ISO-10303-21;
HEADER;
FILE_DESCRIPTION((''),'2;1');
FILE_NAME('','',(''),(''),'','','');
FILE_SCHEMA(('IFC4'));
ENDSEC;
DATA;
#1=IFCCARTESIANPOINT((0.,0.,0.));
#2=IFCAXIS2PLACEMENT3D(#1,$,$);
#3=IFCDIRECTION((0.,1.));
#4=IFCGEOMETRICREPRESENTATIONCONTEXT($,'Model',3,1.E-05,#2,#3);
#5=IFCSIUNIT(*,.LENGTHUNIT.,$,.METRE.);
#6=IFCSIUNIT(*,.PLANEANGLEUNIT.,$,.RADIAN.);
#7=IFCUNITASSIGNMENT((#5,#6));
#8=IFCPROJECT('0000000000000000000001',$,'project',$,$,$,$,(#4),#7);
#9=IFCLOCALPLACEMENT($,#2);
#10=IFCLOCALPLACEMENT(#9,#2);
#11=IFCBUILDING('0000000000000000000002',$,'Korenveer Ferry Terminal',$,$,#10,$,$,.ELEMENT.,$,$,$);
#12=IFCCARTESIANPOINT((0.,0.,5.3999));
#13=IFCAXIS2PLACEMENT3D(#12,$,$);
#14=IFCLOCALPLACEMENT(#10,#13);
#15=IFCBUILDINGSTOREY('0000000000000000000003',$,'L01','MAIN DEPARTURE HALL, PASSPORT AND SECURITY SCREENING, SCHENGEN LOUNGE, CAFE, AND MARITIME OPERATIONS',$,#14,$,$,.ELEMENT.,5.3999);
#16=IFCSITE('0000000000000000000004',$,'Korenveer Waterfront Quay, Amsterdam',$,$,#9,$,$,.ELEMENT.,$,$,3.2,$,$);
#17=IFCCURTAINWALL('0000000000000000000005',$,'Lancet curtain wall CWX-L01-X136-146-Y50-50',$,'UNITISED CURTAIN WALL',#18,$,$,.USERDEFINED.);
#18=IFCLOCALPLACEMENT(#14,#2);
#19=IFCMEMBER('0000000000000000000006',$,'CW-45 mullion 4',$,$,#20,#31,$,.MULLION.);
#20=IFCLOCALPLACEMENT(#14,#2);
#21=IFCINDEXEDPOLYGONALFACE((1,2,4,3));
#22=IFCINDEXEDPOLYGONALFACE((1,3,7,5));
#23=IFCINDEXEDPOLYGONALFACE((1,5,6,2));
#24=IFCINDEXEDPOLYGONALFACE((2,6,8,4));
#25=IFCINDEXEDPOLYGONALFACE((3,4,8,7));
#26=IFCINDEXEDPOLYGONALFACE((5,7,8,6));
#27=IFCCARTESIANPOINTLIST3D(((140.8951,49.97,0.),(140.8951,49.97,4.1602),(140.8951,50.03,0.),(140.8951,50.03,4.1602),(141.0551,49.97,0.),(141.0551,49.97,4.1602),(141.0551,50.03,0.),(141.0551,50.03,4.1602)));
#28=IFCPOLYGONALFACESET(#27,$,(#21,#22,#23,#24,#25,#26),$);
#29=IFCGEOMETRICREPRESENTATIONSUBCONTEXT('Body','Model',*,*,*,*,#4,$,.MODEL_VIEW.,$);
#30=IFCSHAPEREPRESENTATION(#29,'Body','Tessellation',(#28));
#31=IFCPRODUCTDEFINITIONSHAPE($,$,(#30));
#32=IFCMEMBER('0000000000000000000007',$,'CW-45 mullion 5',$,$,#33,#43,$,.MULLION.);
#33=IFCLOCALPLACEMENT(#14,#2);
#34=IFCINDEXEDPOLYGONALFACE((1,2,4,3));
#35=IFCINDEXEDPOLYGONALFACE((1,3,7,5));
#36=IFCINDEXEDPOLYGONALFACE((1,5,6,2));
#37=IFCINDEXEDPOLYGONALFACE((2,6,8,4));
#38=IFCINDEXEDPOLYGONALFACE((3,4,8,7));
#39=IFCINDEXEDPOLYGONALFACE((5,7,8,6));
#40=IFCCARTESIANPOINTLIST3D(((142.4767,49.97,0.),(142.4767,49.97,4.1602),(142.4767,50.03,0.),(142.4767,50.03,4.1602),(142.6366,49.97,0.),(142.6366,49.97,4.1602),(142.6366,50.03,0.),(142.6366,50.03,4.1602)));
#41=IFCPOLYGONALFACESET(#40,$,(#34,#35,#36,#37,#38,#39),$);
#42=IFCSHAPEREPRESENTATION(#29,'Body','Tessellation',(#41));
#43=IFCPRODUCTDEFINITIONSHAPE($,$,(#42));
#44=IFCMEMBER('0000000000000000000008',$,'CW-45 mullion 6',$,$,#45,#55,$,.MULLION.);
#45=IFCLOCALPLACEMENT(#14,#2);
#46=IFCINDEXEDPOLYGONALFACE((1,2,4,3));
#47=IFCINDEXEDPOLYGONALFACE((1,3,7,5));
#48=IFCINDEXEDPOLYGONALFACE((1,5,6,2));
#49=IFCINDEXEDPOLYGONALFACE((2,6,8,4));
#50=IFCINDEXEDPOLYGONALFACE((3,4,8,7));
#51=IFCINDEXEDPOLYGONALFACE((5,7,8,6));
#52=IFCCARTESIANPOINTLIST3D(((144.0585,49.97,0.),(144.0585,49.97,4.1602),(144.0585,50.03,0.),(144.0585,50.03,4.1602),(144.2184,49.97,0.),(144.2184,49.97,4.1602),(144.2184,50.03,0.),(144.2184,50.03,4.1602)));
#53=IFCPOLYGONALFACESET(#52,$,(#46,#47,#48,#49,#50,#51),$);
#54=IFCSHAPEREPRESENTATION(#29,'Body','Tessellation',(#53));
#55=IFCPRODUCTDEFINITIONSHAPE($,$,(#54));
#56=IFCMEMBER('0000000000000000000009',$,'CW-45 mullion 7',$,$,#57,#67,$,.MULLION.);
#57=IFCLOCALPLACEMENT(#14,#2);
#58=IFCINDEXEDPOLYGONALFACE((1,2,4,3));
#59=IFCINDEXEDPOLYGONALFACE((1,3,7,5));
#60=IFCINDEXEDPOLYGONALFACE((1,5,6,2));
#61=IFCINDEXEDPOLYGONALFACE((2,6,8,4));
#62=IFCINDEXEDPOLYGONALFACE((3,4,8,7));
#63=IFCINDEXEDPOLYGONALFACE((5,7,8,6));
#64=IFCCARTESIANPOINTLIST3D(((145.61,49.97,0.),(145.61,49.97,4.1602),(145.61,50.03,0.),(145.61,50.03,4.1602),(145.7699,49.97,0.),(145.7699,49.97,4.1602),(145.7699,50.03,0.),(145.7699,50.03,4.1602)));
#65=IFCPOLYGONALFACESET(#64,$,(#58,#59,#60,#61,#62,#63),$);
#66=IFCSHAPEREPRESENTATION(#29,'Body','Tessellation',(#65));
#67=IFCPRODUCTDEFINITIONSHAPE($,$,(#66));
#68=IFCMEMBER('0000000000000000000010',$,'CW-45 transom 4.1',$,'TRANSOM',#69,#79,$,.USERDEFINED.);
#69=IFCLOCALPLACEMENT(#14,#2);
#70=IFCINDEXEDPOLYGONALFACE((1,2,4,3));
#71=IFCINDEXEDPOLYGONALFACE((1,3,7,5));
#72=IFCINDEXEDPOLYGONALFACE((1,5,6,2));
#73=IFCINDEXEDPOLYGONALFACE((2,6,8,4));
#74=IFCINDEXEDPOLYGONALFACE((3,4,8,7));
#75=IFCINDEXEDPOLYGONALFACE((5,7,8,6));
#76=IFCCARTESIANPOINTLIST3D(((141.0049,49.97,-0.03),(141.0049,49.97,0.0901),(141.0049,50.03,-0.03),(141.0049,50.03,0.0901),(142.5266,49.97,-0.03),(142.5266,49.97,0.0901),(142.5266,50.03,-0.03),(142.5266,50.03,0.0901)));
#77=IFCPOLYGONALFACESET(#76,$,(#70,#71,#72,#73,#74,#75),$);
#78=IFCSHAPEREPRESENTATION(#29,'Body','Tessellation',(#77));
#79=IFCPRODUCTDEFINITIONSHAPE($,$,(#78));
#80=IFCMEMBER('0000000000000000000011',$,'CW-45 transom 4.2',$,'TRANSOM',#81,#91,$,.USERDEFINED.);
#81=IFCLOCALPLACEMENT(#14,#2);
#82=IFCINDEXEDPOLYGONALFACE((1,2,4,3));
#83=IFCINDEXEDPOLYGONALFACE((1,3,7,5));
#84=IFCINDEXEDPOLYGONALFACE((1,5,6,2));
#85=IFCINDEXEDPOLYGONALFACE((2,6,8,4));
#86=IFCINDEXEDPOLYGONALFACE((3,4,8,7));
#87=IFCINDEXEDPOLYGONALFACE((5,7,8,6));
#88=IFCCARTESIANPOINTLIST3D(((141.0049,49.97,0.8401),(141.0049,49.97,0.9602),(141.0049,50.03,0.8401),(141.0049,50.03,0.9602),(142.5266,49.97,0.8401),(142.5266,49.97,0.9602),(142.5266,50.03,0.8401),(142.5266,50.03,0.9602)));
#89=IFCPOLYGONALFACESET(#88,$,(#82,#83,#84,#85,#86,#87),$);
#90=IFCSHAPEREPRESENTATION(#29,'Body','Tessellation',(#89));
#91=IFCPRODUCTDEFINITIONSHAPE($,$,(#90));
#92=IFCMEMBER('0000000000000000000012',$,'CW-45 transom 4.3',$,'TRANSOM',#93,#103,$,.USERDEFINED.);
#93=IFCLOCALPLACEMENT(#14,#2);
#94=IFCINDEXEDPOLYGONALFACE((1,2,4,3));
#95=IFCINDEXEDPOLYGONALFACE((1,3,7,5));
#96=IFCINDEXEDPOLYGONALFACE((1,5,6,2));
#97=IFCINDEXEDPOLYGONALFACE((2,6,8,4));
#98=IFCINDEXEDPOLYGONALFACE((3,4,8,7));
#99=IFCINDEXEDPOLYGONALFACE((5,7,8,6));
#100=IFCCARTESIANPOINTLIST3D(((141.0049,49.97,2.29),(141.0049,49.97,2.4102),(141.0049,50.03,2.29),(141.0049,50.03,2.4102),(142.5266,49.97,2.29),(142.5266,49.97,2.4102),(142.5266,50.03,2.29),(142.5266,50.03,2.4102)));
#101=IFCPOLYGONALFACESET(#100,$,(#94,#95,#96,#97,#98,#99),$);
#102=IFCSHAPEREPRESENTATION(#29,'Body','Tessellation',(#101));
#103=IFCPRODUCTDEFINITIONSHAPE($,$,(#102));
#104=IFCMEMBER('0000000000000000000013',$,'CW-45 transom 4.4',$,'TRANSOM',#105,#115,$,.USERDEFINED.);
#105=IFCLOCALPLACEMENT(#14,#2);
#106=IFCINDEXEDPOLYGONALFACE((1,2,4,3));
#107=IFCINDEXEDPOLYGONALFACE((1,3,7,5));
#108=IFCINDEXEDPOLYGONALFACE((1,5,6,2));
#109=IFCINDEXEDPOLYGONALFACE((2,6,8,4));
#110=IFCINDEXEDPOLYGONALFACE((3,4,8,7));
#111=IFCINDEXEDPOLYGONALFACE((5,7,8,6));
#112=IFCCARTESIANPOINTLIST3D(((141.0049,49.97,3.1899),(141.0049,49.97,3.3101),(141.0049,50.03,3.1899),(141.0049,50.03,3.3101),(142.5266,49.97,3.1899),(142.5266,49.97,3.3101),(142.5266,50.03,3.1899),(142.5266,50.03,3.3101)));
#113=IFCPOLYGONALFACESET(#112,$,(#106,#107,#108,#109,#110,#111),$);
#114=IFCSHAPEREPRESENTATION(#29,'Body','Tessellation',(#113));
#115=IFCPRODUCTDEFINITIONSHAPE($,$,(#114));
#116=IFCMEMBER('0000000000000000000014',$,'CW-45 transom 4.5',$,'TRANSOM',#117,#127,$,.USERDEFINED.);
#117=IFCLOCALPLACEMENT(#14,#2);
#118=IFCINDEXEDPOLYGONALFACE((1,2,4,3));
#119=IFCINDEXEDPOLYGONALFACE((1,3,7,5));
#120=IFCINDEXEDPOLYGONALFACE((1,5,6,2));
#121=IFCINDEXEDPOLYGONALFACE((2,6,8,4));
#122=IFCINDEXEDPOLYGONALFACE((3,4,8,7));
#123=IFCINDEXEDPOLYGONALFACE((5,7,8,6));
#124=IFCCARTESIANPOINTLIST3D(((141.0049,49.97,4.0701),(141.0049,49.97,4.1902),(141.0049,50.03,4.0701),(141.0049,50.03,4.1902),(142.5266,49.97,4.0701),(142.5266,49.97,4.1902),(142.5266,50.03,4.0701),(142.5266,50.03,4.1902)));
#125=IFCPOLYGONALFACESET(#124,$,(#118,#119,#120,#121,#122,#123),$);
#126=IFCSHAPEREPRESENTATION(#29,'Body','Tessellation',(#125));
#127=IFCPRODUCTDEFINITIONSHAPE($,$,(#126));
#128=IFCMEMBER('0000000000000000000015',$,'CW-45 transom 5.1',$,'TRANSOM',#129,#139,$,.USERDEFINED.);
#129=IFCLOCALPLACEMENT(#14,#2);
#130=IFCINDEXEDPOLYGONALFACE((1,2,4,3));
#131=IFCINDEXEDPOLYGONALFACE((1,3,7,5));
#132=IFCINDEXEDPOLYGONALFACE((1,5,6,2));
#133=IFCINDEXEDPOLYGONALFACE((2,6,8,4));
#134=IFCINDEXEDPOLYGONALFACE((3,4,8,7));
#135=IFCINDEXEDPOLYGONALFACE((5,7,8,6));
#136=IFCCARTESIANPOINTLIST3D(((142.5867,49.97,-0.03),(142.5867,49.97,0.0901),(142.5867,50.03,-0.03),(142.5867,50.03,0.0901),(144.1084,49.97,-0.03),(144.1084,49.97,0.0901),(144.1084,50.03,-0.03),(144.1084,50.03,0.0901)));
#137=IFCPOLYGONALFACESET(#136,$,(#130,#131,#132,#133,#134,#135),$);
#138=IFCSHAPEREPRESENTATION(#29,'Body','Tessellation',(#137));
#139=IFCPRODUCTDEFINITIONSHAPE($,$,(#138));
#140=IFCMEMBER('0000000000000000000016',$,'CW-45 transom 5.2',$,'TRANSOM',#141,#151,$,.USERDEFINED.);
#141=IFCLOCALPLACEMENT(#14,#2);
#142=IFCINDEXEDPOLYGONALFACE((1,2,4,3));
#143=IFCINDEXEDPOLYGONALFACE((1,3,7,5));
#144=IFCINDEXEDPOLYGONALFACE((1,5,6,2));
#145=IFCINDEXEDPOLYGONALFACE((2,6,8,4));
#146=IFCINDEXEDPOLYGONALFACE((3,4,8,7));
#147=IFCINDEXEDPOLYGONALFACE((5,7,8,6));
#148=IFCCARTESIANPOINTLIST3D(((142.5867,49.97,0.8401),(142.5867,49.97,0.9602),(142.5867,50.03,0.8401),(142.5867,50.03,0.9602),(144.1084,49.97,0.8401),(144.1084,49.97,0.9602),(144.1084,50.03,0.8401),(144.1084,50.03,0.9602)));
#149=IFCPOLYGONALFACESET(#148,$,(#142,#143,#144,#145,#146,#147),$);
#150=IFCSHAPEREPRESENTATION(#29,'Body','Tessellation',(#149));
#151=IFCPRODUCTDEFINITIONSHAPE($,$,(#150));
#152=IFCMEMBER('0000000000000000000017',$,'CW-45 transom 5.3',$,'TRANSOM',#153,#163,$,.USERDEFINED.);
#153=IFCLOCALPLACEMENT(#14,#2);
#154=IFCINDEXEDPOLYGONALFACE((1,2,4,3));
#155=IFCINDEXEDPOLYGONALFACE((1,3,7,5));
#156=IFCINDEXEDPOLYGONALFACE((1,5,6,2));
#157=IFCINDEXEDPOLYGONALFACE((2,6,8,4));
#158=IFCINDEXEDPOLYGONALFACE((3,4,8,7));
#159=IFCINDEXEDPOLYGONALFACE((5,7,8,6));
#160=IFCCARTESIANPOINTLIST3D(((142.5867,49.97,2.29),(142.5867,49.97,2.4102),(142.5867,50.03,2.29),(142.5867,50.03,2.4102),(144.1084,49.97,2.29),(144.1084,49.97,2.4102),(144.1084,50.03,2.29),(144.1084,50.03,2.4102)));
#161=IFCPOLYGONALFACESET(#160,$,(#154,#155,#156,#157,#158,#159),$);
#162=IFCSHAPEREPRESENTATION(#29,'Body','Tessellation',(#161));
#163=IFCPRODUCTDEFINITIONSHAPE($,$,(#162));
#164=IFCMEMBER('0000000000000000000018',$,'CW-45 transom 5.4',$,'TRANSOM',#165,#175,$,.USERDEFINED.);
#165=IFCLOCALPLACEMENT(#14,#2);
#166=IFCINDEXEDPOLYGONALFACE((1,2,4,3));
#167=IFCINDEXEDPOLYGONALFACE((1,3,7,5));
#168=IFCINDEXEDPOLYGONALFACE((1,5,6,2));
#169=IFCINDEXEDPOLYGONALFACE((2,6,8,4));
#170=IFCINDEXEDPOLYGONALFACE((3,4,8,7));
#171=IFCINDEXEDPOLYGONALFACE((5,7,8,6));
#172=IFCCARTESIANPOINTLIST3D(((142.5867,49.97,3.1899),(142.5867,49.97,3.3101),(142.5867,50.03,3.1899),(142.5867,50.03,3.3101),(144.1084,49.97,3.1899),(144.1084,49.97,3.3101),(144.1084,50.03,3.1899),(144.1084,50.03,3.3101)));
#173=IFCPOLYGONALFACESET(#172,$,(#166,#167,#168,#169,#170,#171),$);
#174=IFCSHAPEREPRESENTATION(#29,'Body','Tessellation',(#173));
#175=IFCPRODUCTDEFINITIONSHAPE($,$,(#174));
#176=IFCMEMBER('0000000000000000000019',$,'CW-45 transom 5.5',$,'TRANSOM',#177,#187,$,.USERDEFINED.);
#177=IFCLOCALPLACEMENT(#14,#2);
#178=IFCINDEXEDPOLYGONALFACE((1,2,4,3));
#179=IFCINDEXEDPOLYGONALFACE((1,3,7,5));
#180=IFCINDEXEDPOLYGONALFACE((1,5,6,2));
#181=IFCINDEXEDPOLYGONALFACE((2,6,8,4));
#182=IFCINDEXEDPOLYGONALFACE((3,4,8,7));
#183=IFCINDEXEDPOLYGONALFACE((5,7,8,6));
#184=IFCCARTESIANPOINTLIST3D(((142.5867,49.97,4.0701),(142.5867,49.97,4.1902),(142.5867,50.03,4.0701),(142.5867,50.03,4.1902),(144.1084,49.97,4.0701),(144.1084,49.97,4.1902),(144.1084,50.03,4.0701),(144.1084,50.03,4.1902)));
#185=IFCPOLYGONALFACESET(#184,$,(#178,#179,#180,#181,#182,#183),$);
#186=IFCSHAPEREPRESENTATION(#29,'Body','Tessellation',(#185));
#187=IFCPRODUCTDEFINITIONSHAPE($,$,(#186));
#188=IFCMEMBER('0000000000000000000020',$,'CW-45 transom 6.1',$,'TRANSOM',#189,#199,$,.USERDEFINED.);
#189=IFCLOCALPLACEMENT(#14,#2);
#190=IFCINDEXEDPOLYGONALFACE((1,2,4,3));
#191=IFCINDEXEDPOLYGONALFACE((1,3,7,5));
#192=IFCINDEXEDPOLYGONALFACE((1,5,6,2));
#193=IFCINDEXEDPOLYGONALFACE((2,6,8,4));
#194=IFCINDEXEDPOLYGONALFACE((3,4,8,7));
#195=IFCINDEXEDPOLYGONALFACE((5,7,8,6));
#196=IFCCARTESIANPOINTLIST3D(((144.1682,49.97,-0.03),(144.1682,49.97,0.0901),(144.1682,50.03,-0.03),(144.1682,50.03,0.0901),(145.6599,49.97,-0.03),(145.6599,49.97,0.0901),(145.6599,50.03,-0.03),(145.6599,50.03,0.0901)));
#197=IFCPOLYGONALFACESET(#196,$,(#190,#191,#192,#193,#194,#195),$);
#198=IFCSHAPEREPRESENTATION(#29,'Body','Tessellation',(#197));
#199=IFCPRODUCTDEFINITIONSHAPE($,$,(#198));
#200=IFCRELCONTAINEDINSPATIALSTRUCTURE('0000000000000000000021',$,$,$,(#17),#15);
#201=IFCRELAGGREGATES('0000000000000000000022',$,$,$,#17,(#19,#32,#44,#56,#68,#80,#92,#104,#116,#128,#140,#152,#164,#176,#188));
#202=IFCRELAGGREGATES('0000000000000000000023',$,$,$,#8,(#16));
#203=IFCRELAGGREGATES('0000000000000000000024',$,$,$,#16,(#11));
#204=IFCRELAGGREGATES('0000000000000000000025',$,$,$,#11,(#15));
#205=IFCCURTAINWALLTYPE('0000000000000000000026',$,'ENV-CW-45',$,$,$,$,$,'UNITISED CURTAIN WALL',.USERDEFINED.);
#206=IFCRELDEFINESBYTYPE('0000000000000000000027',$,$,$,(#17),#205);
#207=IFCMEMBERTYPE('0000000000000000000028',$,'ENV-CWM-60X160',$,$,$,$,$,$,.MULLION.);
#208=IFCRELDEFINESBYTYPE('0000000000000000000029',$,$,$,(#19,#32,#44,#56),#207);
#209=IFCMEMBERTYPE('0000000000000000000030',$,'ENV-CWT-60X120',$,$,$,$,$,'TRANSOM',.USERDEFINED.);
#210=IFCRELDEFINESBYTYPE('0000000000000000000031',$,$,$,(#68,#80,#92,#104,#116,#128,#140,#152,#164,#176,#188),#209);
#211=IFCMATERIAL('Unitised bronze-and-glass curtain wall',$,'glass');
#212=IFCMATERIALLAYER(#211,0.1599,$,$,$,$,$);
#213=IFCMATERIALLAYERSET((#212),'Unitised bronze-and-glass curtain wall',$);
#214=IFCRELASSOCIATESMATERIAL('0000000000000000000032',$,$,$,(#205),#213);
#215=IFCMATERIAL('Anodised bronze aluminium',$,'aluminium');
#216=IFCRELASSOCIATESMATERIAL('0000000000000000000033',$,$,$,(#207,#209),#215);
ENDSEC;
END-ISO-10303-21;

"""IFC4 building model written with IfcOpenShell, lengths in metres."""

from ifc_helpers import new_model, si_unit, direction, frame, origin, origin_2d, place, context, subcontext, project, spatial, rectangle, extrude, material, layer, layer_set, material_profile, profile_set, type_object, element, aggregate, save


model = new_model("IFC4")

# Units and contexts
model_context = context("Model", 3, precision=1e-05, world=origin(), true_north=direction((0.0, 1.0)))
body_context = subcontext(model_context, "Body", "Model", "MODEL_VIEW")
ifc_project = project(units=[si_unit("LENGTHUNIT", "METRE"), si_unit("PLANEANGLEUNIT", "RADIAN")], contexts=[model_context])

# Site, building, storey
site_placement = place(None, origin())
site = spatial("IfcSite", under=ifc_project, at=site_placement, Name="Korenveer Waterfront Quay, Amsterdam", CompositionType="ELEMENT", RefElevation=3.2)
building_placement = place(site_placement, origin())
building = spatial("IfcBuilding", under=site, at=building_placement, Name="Korenveer Ferry Terminal", CompositionType="ELEMENT")
storey_placement = place(building_placement, frame((0.0, 0.0, 5.3999)))
storey = spatial("IfcBuildingStorey", under=building, at=storey_placement, Name="L01", Description="MAIN DEPARTURE HALL, PASSPORT AND SECURITY SCREENING, SCHENGEN LOUNGE, CAFE, AND MARITIME OPERATIONS", CompositionType="ELEMENT", Elevation=5.3999)

# Curtain wall, members
ifc_material_1 = material(Name="Unitised bronze-and-glass curtain wall", Category="glass")
ifc_layer_1 = layer(ifc_material_1, 0.1599)
ifc_layer_set_1 = layer_set([ifc_layer_1], Name="Unitised bronze-and-glass curtain wall")
curtain_wall_type = type_object("IfcCurtainWallType", Name="ENV-CW-45", ElementType="UNITISED CURTAIN WALL", PredefinedType="USERDEFINED", material=ifc_layer_set_1)
curtain_wall_placement = place(storey_placement, frame((136.23, 50.0, 0.0)))
curtain_wall = element("IfcCurtainWall", 1, at=curtain_wall_placement, inside=storey, type_object=curtain_wall_type, Name="Lancet curtain wall CWX-L01-X136-146-Y50-50", ObjectType="UNITISED CURTAIN WALL", PredefinedType="USERDEFINED")
ifc_material_2 = material(Name="Anodised bronze aluminium", Category="aluminium")
ifc_material_profile_1 = material_profile(ifc_material_2, rectangle(XDim=0.0601, YDim=0.1599, at=origin_2d()), Name="ALU 60x160")
ifc_profile_set_1 = profile_set([ifc_material_profile_1], Name="Anodised bronze aluminium")
member_type_1 = type_object("IfcMemberType", Name="ENV-CWM-60X160", PredefinedType="MULLION", material=ifc_profile_set_1)
member_1_placement = place(storey_placement, frame((140.9751, 50.0, 0.0), z_axis=(0.0, 0.0, 1.0), x_axis=(0.0, 1.0, 0.0)))
member_1 = element("IfcMember", 2, at=member_1_placement, type_object=member_type_1, Name="CW-45 mullion 4", PredefinedType="MULLION", context=body_context, shape_type="SweptSolid", body=[
    extrude(rectangle(XDim=0.0601, YDim=0.1599, at=origin_2d()), origin(), (0.0, 0.0, 1.0), 4.1602),
])
member_2_placement = place(storey_placement, frame((142.5566, 50.0, 0.0), z_axis=(0.0, 0.0, 1.0), x_axis=(0.0, 1.0, 0.0)))
member_2 = element("IfcMember", 3, at=member_2_placement, type_object=member_type_1, Name="CW-45 mullion 5", PredefinedType="MULLION", context=body_context, shape_type="SweptSolid", body=[
    extrude(rectangle(XDim=0.0601, YDim=0.1599, at=origin_2d()), origin(), (0.0, 0.0, 1.0), 4.1602),
])
member_3_placement = place(storey_placement, frame((144.1384, 50.0, 0.0), z_axis=(0.0, 0.0, 1.0), x_axis=(0.0, 1.0, 0.0)))
member_3 = element("IfcMember", 4, at=member_3_placement, type_object=member_type_1, Name="CW-45 mullion 6", PredefinedType="MULLION", context=body_context, shape_type="SweptSolid", body=[
    extrude(rectangle(XDim=0.0601, YDim=0.1599, at=origin_2d()), origin(), (0.0, 0.0, 1.0), 4.1602),
])
member_4_placement = place(storey_placement, frame((145.6899, 50.0, 0.0), z_axis=(0.0, 0.0, 1.0), x_axis=(0.0, 1.0, 0.0)))
member_4 = element("IfcMember", 5, at=member_4_placement, type_object=member_type_1, Name="CW-45 mullion 7", PredefinedType="MULLION", context=body_context, shape_type="SweptSolid", body=[
    extrude(rectangle(XDim=0.0601, YDim=0.1599, at=origin_2d()), origin(), (0.0, 0.0, 1.0), 4.1602),
])
ifc_material_profile_2 = material_profile(ifc_material_2, rectangle(XDim=0.0601, YDim=0.1201, at=origin_2d()), Name="ALU 60x120")
ifc_profile_set_2 = profile_set([ifc_material_profile_2], Name="Anodised bronze aluminium")
member_type_2 = type_object("IfcMemberType", Name="ENV-CWT-60X120", ElementType="TRANSOM", PredefinedType="USERDEFINED", material=ifc_profile_set_2)
member_5_placement = place(storey_placement, frame((141.0049, 50.0, 0.03), z_axis=(1.0, 0.0, 0.0), x_axis=(0.0, 1.0, 0.0)))
member_5 = element("IfcMember", 6, at=member_5_placement, type_object=member_type_2, Name="CW-45 transom 4.1", ObjectType="TRANSOM", PredefinedType="USERDEFINED", context=body_context, shape_type="SweptSolid", body=[
    extrude(rectangle(XDim=0.0601, YDim=0.1201, at=origin_2d()), origin(), (0.0, 0.0, 1.0), 1.5217),
])
member_6_placement = place(storey_placement, frame((141.0049, 50.0, 0.9001), z_axis=(1.0, 0.0, 0.0), x_axis=(0.0, 1.0, 0.0)))
member_6 = element("IfcMember", 7, at=member_6_placement, type_object=member_type_2, Name="CW-45 transom 4.2", ObjectType="TRANSOM", PredefinedType="USERDEFINED", context=body_context, shape_type="SweptSolid", body=[
    extrude(rectangle(XDim=0.0601, YDim=0.1201, at=origin_2d()), origin(), (0.0, 0.0, 1.0), 1.5217),
])
member_7_placement = place(storey_placement, frame((141.0049, 50.0, 2.3501), z_axis=(1.0, 0.0, 0.0), x_axis=(0.0, 1.0, 0.0)))
member_7 = element("IfcMember", 8, at=member_7_placement, type_object=member_type_2, Name="CW-45 transom 4.3", ObjectType="TRANSOM", PredefinedType="USERDEFINED", context=body_context, shape_type="SweptSolid", body=[
    extrude(rectangle(XDim=0.0601, YDim=0.1201, at=origin_2d()), origin(), (0.0, 0.0, 1.0), 1.5217),
])
member_8_placement = place(storey_placement, frame((141.0049, 50.0, 3.25), z_axis=(1.0, 0.0, 0.0), x_axis=(0.0, 1.0, 0.0)))
member_8 = element("IfcMember", 9, at=member_8_placement, type_object=member_type_2, Name="CW-45 transom 4.4", ObjectType="TRANSOM", PredefinedType="USERDEFINED", context=body_context, shape_type="SweptSolid", body=[
    extrude(rectangle(XDim=0.0601, YDim=0.1201, at=origin_2d()), origin(), (0.0, 0.0, 1.0), 1.5217),
])
member_9_placement = place(storey_placement, frame((141.0049, 50.0, 4.1301), z_axis=(1.0, 0.0, 0.0), x_axis=(0.0, 1.0, 0.0)))
member_9 = element("IfcMember", 10, at=member_9_placement, type_object=member_type_2, Name="CW-45 transom 4.5", ObjectType="TRANSOM", PredefinedType="USERDEFINED", context=body_context, shape_type="SweptSolid", body=[
    extrude(rectangle(XDim=0.0601, YDim=0.1201, at=origin_2d()), origin(), (0.0, 0.0, 1.0), 1.5217),
])
member_10_placement = place(storey_placement, frame((142.5867, 50.0, 0.03), z_axis=(1.0, 0.0, 0.0), x_axis=(0.0, 1.0, 0.0)))
member_10 = element("IfcMember", 11, at=member_10_placement, type_object=member_type_2, Name="CW-45 transom 5.1", ObjectType="TRANSOM", PredefinedType="USERDEFINED", context=body_context, shape_type="SweptSolid", body=[
    extrude(rectangle(XDim=0.0601, YDim=0.1201, at=origin_2d()), origin(), (0.0, 0.0, 1.0), 1.5217),
])
member_11_placement = place(storey_placement, frame((142.5867, 50.0, 0.9001), z_axis=(1.0, 0.0, 0.0), x_axis=(0.0, 1.0, 0.0)))
member_11 = element("IfcMember", 12, at=member_11_placement, type_object=member_type_2, Name="CW-45 transom 5.2", ObjectType="TRANSOM", PredefinedType="USERDEFINED", context=body_context, shape_type="SweptSolid", body=[
    extrude(rectangle(XDim=0.0601, YDim=0.1201, at=origin_2d()), origin(), (0.0, 0.0, 1.0), 1.5217),
])
member_12_placement = place(storey_placement, frame((142.5867, 50.0, 2.3501), z_axis=(1.0, 0.0, 0.0), x_axis=(0.0, 1.0, 0.0)))
member_12 = element("IfcMember", 13, at=member_12_placement, type_object=member_type_2, Name="CW-45 transom 5.3", ObjectType="TRANSOM", PredefinedType="USERDEFINED", context=body_context, shape_type="SweptSolid", body=[
    extrude(rectangle(XDim=0.0601, YDim=0.1201, at=origin_2d()), origin(), (0.0, 0.0, 1.0), 1.5217),
])
member_13_placement = place(storey_placement, frame((142.5867, 50.0, 3.25), z_axis=(1.0, 0.0, 0.0), x_axis=(0.0, 1.0, 0.0)))
member_13 = element("IfcMember", 14, at=member_13_placement, type_object=member_type_2, Name="CW-45 transom 5.4", ObjectType="TRANSOM", PredefinedType="USERDEFINED", context=body_context, shape_type="SweptSolid", body=[
    extrude(rectangle(XDim=0.0601, YDim=0.1201, at=origin_2d()), origin(), (0.0, 0.0, 1.0), 1.5217),
])
member_14_placement = place(storey_placement, frame((142.5867, 50.0, 4.1301), z_axis=(1.0, 0.0, 0.0), x_axis=(0.0, 1.0, 0.0)))
member_14 = element("IfcMember", 15, at=member_14_placement, type_object=member_type_2, Name="CW-45 transom 5.5", ObjectType="TRANSOM", PredefinedType="USERDEFINED", context=body_context, shape_type="SweptSolid", body=[
    extrude(rectangle(XDim=0.0601, YDim=0.1201, at=origin_2d()), origin(), (0.0, 0.0, 1.0), 1.5217),
])
member_15_placement = place(storey_placement, frame((144.1682, 50.0, 0.03), z_axis=(1.0, 0.0, 0.0), x_axis=(0.0, 1.0, 0.0)))
member_15 = element("IfcMember", 16, at=member_15_placement, type_object=member_type_2, Name="CW-45 transom 6.1", ObjectType="TRANSOM", PredefinedType="USERDEFINED", context=body_context, shape_type="SweptSolid", body=[
    extrude(rectangle(XDim=0.0601, YDim=0.1201, at=origin_2d()), origin(), (0.0, 0.0, 1.0), 1.4917),
])
aggregate(curtain_wall, [member_1, member_2, member_3, member_4, member_5, member_6, member_7, member_8, member_9, member_10, member_11, member_12, member_13, member_14, member_15])

save(model, "model.ifc")
